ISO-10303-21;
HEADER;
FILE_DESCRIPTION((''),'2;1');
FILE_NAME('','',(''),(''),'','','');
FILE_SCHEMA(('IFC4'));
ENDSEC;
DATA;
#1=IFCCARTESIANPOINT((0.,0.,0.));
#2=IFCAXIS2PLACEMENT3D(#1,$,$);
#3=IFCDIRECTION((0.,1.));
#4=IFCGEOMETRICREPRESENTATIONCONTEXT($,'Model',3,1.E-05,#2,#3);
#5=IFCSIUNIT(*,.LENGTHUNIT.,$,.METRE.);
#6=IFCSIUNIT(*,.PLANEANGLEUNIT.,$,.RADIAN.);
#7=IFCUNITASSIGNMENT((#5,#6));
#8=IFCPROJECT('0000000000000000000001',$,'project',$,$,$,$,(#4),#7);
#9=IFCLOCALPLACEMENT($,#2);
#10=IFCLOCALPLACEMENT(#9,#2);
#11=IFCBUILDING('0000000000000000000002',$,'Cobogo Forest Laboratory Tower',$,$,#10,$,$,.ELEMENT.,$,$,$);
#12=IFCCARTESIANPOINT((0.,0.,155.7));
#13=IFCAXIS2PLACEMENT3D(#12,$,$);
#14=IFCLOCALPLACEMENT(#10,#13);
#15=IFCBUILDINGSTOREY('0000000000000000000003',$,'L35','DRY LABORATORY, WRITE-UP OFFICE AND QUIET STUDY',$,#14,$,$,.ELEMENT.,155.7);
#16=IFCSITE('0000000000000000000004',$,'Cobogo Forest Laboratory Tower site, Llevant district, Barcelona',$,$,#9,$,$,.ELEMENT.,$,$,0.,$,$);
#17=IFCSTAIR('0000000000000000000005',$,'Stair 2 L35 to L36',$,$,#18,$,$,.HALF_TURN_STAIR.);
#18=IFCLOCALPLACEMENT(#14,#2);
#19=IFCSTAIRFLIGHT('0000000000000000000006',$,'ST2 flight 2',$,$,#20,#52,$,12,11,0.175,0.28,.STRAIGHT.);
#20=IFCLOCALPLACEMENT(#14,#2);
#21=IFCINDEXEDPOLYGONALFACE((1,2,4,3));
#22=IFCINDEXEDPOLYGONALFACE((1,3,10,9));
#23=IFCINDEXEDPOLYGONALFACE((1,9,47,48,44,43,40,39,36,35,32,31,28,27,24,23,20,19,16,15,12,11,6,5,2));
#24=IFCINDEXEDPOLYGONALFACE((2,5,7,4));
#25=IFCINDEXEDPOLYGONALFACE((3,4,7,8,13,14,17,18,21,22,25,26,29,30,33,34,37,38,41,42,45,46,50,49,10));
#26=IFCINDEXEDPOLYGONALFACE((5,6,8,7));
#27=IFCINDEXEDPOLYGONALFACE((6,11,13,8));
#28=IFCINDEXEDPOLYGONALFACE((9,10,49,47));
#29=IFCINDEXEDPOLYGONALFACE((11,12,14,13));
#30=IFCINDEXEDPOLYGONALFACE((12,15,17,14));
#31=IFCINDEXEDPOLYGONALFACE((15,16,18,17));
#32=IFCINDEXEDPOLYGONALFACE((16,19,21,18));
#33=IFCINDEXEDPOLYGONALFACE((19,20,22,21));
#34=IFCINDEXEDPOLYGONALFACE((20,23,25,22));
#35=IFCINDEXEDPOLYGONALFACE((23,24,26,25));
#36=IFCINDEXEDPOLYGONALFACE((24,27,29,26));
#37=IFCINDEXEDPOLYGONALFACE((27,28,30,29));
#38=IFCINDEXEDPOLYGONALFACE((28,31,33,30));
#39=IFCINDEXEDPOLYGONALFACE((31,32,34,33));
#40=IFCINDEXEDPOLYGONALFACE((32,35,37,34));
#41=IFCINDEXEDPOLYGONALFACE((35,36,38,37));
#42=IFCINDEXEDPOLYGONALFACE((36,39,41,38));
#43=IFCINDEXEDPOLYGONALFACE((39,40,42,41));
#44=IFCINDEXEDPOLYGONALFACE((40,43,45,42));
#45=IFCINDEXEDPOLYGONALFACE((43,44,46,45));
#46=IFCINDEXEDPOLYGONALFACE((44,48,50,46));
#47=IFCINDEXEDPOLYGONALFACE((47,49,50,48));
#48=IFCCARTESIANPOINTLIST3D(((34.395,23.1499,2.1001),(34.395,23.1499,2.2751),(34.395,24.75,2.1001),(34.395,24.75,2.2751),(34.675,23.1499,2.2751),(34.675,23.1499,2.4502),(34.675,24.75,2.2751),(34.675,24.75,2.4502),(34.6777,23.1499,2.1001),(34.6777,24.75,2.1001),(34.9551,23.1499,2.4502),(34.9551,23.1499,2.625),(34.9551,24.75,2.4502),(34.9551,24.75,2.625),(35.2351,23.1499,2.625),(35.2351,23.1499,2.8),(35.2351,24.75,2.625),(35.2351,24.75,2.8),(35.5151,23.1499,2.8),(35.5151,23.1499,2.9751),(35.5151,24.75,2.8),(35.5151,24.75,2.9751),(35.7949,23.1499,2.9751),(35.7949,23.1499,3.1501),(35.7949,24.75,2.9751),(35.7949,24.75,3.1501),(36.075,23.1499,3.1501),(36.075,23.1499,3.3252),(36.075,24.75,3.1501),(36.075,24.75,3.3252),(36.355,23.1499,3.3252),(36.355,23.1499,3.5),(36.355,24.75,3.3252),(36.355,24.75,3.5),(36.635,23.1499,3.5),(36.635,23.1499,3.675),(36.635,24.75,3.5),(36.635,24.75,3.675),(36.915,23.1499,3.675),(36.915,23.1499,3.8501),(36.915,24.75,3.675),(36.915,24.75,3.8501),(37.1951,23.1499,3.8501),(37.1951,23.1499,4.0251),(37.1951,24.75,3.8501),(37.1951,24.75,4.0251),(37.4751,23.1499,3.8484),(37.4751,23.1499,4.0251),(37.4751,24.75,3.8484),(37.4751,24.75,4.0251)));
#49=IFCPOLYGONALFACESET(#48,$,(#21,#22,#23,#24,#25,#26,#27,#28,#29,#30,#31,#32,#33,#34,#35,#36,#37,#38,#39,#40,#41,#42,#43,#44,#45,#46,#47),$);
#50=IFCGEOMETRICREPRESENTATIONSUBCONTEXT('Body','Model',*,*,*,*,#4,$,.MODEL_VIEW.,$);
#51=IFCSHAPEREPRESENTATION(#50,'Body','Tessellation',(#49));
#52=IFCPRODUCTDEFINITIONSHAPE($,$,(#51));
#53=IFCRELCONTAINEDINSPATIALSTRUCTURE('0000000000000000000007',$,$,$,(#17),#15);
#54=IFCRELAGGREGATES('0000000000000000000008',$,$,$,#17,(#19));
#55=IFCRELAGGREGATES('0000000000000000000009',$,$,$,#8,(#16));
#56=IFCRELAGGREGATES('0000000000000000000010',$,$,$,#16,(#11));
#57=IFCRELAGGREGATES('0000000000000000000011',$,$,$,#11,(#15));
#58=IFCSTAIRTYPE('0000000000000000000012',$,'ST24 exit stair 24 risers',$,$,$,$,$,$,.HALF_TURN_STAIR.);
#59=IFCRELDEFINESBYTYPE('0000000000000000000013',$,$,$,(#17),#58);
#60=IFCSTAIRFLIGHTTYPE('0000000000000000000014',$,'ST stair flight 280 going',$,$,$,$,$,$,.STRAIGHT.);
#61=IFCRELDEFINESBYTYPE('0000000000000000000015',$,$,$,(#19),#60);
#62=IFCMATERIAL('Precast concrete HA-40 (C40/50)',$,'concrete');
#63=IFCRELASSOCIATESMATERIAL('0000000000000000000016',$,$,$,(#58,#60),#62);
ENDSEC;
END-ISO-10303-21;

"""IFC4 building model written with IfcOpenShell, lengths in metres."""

from ifc_helpers import new_model, si_unit, direction, frame, origin, place, context, subcontext, project, spatial, polyline, outline, extrude, material, type_object, element, aggregate, save


model = new_model("IFC4")

# Units and contexts
model_context = context("Model", 3, precision=1e-05, world=origin(), true_north=direction((0.0, 1.0)))
body_context = subcontext(model_context, "Body", "Model", "MODEL_VIEW")
ifc_project = project(units=[si_unit("LENGTHUNIT", "METRE"), si_unit("PLANEANGLEUNIT", "RADIAN")], contexts=[model_context])

# Site, building, storey
site_placement = place(None, origin())
site = spatial("IfcSite", under=ifc_project, at=site_placement, Name="Cobogo Forest Laboratory Tower site, Llevant district, Barcelona", CompositionType="ELEMENT", RefElevation=0.0)
building_placement = place(site_placement, origin())
building = spatial("IfcBuilding", under=site, at=building_placement, Name="Cobogo Forest Laboratory Tower", CompositionType="ELEMENT")
storey_placement = place(building_placement, frame((0.0, 0.0, 155.7)))
storey = spatial("IfcBuildingStorey", under=building, at=storey_placement, Name="L35", Description="DRY LABORATORY, WRITE-UP OFFICE AND QUIET STUDY", CompositionType="ELEMENT", Elevation=155.7)

# Stair, stair flight
ifc_material_1 = material(Name="Precast concrete HA-40 (C40/50)", Category="concrete")
stair_type = type_object("IfcStairType", Name="ST24 exit stair 24 risers", PredefinedType="HALF_TURN_STAIR", material=ifc_material_1)
stair_placement = place(storey_placement, origin())
stair = element("IfcStair", 1, at=stair_placement, inside=storey, type_object=stair_type, Name="Stair 2 L35 to L36", PredefinedType="HALF_TURN_STAIR")
stair_flight_type = type_object("IfcStairFlightType", Name="ST stair flight 280 going", PredefinedType="STRAIGHT", material=ifc_material_1)
stair_flight_placement = place(storey_placement, frame((34.395, 23.95, 2.1001), z_axis=(0.0, 0.0, 1.0), x_axis=(1.0, 0.0, 0.0)))
stair_flight = element("IfcStairFlight", 2, at=stair_flight_placement, type_object=stair_flight_type, Name="ST2 flight 2", NumberOfRisers=12, NumberOfTreads=11, PredefinedType="STRAIGHT", RiserHeight=0.175, TreadLength=0.28, context=body_context, shape_type="SweptSolid", body=[
    extrude(outline(polyline([(0.0, 0.0), (0.0, 0.175), (0.28, 0.175), (0.28, 0.3501), (0.5601, 0.3501), (0.5601, 0.5249), (0.8401, 0.5249), (0.8401, 0.7), (1.1201, 0.7), (1.1201, 0.875), (1.3999, 0.875), (1.3999, 1.05), (1.6799, 1.05), (1.6799, 1.2251), (1.96, 1.2251), (1.96, 1.3999), (2.24, 1.3999), (2.24, 1.575), (2.52, 1.575), (2.52, 1.75), (2.8, 1.75), (2.8, 1.925), (3.0801, 1.925), (3.0801, 2.1001), (3.0801, 1.7483), (0.2827, 0.0), (0.0, 0.0)])), frame((0.0, 0.8, 0.0), z_axis=(0.0, -1.0, 0.0), x_axis=(1.0, 0.0, 0.0)), (0.0, 0.0, 1.0), 1.6001),
])
aggregate(stair, [stair_flight])

save(model, "model.ifc")
